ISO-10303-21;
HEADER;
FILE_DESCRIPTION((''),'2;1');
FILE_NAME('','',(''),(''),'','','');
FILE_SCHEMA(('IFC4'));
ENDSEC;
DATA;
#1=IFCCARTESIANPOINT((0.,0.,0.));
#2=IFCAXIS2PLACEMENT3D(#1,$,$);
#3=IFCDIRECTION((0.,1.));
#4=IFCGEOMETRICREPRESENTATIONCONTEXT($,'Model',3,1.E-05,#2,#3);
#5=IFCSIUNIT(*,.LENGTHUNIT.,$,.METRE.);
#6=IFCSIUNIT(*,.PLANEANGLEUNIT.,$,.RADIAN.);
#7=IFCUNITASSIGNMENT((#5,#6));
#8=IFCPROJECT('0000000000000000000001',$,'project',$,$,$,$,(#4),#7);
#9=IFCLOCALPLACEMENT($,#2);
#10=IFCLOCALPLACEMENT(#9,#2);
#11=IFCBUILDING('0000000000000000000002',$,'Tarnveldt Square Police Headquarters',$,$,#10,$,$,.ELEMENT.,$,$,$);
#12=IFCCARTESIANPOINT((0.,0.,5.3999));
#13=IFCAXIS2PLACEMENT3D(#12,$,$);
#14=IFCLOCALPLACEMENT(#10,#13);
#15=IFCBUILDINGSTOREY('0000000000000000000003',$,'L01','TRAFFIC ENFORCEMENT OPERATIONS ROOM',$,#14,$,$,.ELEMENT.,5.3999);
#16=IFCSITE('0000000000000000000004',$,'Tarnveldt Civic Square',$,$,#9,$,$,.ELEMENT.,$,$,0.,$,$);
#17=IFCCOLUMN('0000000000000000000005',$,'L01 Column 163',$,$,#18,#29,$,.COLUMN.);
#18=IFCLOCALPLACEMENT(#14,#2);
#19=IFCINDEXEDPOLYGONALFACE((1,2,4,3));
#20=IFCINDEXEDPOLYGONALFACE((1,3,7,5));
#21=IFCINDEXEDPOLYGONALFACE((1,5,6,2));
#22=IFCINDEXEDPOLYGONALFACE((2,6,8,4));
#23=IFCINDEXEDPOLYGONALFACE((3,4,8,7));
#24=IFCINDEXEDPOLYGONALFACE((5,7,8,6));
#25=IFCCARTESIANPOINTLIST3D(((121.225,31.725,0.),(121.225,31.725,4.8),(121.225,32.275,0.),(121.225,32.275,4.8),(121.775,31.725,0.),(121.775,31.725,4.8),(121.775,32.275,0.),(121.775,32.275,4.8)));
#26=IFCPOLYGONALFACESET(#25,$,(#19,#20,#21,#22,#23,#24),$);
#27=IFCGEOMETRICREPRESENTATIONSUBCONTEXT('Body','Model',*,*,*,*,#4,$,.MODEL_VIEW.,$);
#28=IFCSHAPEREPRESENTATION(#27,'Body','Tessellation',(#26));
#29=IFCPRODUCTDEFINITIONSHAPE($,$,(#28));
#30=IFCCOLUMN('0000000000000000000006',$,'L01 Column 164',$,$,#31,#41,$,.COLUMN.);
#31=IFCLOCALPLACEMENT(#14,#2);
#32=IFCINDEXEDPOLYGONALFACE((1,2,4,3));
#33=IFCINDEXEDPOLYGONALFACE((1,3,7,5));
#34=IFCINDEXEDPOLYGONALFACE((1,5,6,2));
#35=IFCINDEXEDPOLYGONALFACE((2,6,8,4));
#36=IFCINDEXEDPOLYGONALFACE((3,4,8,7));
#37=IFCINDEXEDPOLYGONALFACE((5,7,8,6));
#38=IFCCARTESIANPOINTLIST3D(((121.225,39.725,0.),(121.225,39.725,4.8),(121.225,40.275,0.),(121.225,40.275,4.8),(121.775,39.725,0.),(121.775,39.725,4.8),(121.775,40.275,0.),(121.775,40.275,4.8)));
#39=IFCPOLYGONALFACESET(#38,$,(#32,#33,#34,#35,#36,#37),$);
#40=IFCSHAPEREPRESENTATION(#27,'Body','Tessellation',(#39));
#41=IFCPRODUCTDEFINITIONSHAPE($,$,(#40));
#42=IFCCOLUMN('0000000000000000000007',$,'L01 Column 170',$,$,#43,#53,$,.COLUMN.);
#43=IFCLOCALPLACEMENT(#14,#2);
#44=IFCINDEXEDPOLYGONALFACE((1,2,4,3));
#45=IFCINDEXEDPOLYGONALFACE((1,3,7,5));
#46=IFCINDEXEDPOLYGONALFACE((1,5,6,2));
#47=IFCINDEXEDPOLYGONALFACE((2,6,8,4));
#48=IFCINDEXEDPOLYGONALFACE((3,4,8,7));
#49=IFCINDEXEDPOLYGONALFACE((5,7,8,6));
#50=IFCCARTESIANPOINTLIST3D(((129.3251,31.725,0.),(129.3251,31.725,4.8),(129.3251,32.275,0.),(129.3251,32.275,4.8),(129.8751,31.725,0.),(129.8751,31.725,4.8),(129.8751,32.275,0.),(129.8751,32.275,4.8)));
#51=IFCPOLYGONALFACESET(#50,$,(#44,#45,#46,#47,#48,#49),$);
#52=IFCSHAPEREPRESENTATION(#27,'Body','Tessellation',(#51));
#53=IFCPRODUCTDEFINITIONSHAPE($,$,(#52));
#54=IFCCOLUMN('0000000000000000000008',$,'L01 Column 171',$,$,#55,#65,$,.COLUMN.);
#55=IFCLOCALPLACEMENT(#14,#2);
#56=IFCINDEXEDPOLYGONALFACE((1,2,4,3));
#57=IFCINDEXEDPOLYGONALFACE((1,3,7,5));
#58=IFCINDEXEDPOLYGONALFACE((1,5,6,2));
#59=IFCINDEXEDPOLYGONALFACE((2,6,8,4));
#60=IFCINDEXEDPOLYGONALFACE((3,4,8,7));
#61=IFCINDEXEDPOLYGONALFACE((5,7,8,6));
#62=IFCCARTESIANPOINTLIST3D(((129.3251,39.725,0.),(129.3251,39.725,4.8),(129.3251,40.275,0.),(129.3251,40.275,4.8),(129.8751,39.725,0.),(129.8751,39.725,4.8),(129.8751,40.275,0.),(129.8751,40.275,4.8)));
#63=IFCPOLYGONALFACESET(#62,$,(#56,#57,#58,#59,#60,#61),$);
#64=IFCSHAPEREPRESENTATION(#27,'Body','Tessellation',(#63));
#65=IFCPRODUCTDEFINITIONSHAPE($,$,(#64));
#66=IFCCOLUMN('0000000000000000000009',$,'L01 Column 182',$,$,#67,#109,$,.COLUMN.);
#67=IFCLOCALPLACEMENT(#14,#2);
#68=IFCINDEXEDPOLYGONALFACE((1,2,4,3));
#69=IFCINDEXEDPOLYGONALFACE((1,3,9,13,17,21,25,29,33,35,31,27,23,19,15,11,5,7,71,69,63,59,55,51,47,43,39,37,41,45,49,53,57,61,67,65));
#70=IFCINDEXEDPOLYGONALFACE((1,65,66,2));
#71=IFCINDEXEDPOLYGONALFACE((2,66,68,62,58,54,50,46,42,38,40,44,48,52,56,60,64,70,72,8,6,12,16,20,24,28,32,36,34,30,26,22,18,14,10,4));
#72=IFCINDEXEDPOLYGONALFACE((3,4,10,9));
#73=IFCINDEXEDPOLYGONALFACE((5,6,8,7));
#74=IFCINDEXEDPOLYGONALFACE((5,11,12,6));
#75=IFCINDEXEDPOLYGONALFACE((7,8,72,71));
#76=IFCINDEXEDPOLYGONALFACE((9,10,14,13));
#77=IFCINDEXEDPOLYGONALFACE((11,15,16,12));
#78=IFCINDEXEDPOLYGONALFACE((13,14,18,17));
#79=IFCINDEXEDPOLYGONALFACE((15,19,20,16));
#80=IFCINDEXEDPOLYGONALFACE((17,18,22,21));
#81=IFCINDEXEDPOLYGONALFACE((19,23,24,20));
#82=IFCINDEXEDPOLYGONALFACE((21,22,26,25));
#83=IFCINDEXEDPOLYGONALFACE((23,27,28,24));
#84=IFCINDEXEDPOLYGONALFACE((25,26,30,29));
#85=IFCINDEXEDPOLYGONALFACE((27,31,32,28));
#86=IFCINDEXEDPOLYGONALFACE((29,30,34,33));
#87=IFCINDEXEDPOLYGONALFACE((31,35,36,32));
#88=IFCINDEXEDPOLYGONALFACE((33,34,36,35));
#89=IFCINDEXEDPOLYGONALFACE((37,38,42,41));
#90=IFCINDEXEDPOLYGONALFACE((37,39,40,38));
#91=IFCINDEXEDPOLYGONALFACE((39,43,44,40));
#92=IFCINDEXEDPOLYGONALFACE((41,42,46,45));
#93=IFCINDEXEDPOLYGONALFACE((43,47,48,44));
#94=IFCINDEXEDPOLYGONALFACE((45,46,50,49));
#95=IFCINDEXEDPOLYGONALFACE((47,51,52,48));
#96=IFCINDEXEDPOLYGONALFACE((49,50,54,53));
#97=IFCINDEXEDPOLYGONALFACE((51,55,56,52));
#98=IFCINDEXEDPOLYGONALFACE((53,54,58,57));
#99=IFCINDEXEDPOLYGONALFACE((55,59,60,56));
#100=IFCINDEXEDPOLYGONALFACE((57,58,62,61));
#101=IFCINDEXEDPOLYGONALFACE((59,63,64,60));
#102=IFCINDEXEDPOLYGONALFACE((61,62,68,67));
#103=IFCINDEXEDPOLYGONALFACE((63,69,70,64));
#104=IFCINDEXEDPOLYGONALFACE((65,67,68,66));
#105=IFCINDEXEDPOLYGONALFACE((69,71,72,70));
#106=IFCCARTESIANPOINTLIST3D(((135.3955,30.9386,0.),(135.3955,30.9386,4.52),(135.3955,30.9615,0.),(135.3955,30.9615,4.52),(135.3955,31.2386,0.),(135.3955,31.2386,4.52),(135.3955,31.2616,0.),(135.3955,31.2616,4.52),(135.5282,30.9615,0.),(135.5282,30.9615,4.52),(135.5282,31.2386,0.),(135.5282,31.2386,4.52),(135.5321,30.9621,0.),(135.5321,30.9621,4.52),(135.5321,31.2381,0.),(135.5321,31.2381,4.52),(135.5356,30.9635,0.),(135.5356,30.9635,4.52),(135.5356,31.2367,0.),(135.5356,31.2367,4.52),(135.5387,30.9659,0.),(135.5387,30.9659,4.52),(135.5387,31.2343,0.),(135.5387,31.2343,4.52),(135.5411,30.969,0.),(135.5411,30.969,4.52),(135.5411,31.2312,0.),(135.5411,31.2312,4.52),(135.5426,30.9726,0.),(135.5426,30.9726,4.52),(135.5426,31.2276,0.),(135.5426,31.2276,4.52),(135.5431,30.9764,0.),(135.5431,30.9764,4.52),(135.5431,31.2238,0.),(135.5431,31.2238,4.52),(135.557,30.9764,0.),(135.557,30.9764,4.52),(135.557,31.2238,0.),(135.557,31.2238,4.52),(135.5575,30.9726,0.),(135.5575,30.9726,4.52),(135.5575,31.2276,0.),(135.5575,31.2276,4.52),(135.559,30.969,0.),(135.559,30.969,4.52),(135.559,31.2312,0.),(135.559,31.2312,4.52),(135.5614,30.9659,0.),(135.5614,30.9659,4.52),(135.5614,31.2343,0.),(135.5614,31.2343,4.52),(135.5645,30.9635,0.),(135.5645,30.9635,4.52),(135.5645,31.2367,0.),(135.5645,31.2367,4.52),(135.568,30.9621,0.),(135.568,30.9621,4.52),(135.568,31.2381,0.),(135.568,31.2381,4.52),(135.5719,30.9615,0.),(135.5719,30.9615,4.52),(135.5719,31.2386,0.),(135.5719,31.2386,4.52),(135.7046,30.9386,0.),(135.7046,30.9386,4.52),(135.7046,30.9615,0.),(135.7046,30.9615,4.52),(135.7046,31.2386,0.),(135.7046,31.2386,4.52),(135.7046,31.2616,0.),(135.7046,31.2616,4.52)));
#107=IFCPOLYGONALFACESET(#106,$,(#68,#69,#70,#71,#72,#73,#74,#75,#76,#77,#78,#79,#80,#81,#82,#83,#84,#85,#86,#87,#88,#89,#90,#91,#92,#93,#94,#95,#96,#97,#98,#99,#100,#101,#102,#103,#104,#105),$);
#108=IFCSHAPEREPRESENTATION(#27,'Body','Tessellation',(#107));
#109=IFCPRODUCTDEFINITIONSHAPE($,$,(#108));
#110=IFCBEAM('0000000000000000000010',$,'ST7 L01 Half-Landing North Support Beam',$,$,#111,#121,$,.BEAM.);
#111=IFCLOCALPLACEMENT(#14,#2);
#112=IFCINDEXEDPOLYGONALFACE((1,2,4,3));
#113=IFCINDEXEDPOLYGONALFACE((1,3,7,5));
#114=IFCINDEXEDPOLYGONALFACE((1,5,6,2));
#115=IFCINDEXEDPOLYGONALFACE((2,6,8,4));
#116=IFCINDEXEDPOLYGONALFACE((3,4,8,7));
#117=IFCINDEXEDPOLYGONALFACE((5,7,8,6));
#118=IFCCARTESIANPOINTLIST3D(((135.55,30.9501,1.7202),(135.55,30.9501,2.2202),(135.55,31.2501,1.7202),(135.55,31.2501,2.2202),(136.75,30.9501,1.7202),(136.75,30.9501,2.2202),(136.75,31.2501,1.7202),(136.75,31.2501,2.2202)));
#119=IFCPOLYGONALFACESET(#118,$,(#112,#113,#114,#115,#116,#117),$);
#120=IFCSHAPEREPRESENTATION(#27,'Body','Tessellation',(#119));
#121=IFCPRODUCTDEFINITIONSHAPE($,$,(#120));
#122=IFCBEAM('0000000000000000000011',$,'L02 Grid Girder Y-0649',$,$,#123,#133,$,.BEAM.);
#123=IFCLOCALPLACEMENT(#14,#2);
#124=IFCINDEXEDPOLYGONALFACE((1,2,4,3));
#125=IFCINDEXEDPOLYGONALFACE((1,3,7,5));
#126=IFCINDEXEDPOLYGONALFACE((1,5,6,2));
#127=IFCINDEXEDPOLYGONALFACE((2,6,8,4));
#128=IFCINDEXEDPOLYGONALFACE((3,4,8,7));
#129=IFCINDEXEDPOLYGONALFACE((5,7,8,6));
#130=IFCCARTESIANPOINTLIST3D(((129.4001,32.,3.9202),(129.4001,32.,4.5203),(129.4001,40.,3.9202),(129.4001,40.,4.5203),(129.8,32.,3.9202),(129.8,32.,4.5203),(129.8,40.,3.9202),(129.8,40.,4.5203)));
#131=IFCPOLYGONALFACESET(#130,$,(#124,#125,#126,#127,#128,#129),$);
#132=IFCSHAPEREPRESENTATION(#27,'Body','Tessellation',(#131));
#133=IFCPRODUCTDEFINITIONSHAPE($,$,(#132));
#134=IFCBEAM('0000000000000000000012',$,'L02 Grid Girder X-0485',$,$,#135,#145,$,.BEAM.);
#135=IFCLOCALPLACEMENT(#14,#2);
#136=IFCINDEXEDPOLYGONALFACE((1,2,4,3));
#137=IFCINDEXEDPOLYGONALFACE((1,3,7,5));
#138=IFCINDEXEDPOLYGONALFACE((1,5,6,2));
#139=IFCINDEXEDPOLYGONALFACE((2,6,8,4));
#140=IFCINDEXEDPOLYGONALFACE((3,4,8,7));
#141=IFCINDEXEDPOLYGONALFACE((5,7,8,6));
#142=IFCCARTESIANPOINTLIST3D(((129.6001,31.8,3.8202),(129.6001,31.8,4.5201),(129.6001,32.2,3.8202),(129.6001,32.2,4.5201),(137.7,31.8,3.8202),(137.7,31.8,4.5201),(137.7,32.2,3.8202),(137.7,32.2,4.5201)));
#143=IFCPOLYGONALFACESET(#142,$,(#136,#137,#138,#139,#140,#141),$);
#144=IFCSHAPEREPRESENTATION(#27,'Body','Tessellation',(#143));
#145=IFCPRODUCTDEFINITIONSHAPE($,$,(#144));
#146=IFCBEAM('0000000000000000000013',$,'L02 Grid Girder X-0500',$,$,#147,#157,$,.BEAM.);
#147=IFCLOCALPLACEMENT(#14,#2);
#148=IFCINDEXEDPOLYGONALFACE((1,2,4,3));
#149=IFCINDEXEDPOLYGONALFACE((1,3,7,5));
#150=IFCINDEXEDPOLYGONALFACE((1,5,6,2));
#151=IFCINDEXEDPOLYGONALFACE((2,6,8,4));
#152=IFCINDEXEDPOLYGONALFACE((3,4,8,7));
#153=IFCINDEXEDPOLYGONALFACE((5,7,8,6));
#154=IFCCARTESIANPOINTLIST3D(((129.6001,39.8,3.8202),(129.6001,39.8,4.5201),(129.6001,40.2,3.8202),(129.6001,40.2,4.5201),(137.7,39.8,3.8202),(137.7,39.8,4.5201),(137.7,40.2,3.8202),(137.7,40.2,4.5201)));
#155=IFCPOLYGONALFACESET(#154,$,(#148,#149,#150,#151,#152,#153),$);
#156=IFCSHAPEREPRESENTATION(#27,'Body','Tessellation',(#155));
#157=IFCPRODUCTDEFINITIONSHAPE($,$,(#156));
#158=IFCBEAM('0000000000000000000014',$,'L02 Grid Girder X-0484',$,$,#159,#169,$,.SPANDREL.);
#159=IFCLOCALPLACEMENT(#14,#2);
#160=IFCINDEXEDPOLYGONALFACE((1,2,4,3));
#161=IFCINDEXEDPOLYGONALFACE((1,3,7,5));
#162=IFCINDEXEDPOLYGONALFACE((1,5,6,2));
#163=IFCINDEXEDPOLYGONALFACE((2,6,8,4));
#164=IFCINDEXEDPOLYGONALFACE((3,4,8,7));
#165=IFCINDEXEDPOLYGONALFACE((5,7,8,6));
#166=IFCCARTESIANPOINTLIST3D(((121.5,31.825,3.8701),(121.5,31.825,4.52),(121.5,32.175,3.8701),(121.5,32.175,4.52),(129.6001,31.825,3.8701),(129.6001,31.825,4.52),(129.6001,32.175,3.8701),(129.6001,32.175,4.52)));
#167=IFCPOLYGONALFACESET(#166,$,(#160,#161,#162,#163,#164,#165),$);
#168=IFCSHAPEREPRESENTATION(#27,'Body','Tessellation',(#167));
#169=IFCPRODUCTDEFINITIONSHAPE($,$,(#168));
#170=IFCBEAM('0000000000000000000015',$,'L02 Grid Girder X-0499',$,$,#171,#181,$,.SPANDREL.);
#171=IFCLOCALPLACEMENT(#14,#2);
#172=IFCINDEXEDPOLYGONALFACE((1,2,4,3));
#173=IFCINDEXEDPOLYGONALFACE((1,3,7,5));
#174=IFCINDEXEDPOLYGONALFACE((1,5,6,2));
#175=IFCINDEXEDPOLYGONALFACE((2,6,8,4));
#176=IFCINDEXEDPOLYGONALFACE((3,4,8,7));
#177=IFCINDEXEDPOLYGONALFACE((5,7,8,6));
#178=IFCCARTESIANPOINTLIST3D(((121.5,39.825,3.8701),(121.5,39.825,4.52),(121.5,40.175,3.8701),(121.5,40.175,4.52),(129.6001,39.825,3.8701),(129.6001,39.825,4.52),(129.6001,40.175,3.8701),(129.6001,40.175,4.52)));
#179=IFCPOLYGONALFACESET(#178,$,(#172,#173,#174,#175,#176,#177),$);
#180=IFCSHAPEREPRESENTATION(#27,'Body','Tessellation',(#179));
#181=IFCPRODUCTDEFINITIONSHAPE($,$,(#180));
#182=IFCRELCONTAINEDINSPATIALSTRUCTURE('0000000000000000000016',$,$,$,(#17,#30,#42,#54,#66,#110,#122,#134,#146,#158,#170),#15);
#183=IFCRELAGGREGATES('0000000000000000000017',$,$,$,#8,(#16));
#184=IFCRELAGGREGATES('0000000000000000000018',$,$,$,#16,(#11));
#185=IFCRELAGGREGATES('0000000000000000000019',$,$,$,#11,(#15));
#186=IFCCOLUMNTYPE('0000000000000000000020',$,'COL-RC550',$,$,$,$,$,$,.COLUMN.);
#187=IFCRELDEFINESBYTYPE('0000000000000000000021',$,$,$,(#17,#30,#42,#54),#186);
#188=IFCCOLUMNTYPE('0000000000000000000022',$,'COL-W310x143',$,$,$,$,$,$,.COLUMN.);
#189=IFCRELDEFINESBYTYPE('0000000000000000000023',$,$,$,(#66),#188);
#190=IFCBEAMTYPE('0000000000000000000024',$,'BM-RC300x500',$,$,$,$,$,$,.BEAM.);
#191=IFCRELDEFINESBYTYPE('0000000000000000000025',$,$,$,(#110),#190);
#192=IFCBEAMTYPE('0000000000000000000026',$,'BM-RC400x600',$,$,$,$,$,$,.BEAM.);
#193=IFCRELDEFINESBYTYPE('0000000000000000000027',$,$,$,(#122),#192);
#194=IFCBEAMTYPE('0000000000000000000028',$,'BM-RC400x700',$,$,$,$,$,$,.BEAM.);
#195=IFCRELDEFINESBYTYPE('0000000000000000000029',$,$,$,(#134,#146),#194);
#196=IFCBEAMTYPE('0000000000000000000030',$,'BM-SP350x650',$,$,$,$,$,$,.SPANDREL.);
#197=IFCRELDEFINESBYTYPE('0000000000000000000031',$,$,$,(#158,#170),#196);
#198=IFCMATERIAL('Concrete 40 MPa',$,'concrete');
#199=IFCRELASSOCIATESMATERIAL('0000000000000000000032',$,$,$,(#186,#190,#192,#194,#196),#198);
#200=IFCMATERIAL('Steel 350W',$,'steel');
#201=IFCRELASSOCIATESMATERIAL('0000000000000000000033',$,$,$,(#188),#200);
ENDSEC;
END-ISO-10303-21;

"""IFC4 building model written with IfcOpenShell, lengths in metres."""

from ifc_helpers import new_model, si_unit, direction, frame, origin, origin_2d, place, context, subcontext, project, spatial, rectangle, i_section, extrude, material, material_profile, profile_set, type_object, element, save


model = new_model("IFC4")

# Units and contexts
model_context = context("Model", 3, precision=1e-05, world=origin(), true_north=direction((0.0, 1.0)))
body_context = subcontext(model_context, "Body", "Model", "MODEL_VIEW")
ifc_project = project(units=[si_unit("LENGTHUNIT", "METRE"), si_unit("PLANEANGLEUNIT", "RADIAN")], contexts=[model_context])

# Site, building, storey
site_placement = place(None, origin())
site = spatial("IfcSite", under=ifc_project, at=site_placement, Name="Tarnveldt Civic Square", CompositionType="ELEMENT", RefElevation=0.0)
building_placement = place(site_placement, origin())
building = spatial("IfcBuilding", under=site, at=building_placement, Name="Tarnveldt Square Police Headquarters", CompositionType="ELEMENT")
storey_placement = place(building_placement, frame((0.0, 0.0, 5.3999)))
storey = spatial("IfcBuildingStorey", under=building, at=storey_placement, Name="L01", Description="TRAFFIC ENFORCEMENT OPERATIONS ROOM", CompositionType="ELEMENT", Elevation=5.3999)

# Columns
ifc_material_1 = material(Name="Concrete 40 MPa", Category="concrete")
ifc_material_profile_1 = material_profile(ifc_material_1, rectangle(XDim=0.55, YDim=0.55, at=origin_2d()), Name="RC-C550x550")
ifc_profile_set_1 = profile_set([ifc_material_profile_1], Name="Concrete 40 MPa")
column_type_1 = type_object("IfcColumnType", Name="COL-RC550", PredefinedType="COLUMN", material=ifc_profile_set_1)
for number, where, z_axis, x_axis, name in (
    (1, (121.5, 32.0, 0.0), (0.0, 0.0, 1.0), (1.0, 0.0, 0.0), "L01 Column 163"),
    (2, (121.5, 40.0, 0.0), (0.0, 0.0, 1.0), (1.0, 0.0, 0.0), "L01 Column 164"),
    (3, (129.6001, 32.0, 0.0), (0.0, 0.0, 1.0), (1.0, 0.0, 0.0), "L01 Column 170"),
    (4, (129.6001, 40.0, 0.0), (0.0, 0.0, 1.0), (1.0, 0.0, 0.0), "L01 Column 171"),
):
    element("IfcColumn", number, at=place(storey_placement, frame(where, z_axis=z_axis, x_axis=x_axis)), inside=storey, type_object=column_type_1, Name=name, PredefinedType="COLUMN", context=body_context, shape_type="SweptSolid", body=[
        extrude(rectangle(XDim=0.55, YDim=0.55, at=origin_2d()), origin(), (0.0, 0.0, 1.0), 4.8),
    ])
ifc_material_2 = material(Name="Steel 350W", Category="steel")
ifc_material_profile_2 = material_profile(ifc_material_2, i_section(OverallWidth=0.3091, OverallDepth=0.323, WebThickness=0.0139, FlangeThickness=0.0229, FilletRadius=0.0149, at=origin_2d()), Name="W310x143")
ifc_profile_set_2 = profile_set([ifc_material_profile_2], Name="Steel 350W")
column_type_2 = type_object("IfcColumnType", Name="COL-W310x143", PredefinedType="COLUMN", material=ifc_profile_set_2)
column_placement = place(storey_placement, frame((135.55, 31.1001, 0.0), z_axis=(0.0, 0.0, 1.0), x_axis=(1.0, 0.0, 0.0)))
element("IfcColumn", 5, at=column_placement, inside=storey, type_object=column_type_2, Name="L01 Column 182", PredefinedType="COLUMN", context=body_context, shape_type="SweptSolid", body=[
    extrude(i_section(OverallWidth=0.3091, OverallDepth=0.323, WebThickness=0.0139, FlangeThickness=0.0229, FilletRadius=0.0149, at=origin_2d()), origin(), (0.0, 0.0, 1.0), 4.52),
])

# Beams
ifc_material_profile_3 = material_profile(ifc_material_1, rectangle(XDim=0.3, YDim=0.5, at=origin_2d()), Name="RC-B300x500")
ifc_profile_set_3 = profile_set([ifc_material_profile_3], Name="Concrete 40 MPa")
beam_type_1 = type_object("IfcBeamType", Name="BM-RC300x500", PredefinedType="BEAM", material=ifc_profile_set_3)
beam_1_placement = place(storey_placement, frame((135.55, 31.1001, 1.9702), z_axis=(1.0, 0.0, 0.0), x_axis=(0.0, 1.0, 0.0)))
element("IfcBeam", 6, at=beam_1_placement, inside=storey, type_object=beam_type_1, Name="ST7 L01 Half-Landing North Support Beam", PredefinedType="BEAM", context=body_context, shape_type="SweptSolid", body=[
    extrude(rectangle(XDim=0.3, YDim=0.5, at=origin_2d()), origin(), (0.0, 0.0, 1.0), 1.2),
])
ifc_material_profile_4 = material_profile(ifc_material_1, rectangle(XDim=0.3999, YDim=0.6001, at=origin_2d()), Name="RC-B400x600")
ifc_profile_set_4 = profile_set([ifc_material_profile_4], Name="Concrete 40 MPa")
beam_type_2 = type_object("IfcBeamType", Name="BM-RC400x600", PredefinedType="BEAM", material=ifc_profile_set_4)
beam_2_placement = place(storey_placement, frame((129.6001, 32.0, 4.2202), z_axis=(0.0, 1.0, 0.0), x_axis=(-1.0, 0.0, 0.0)))
element("IfcBeam", 7, at=beam_2_placement, inside=storey, type_object=beam_type_2, Name="L02 Grid Girder Y-0649", PredefinedType="BEAM", context=body_context, shape_type="SweptSolid", body=[
    extrude(rectangle(XDim=0.3999, YDim=0.6001, at=origin_2d()), origin(), (0.0, 0.0, 1.0), 8.0),
])
ifc_material_profile_5 = material_profile(ifc_material_1, rectangle(XDim=0.3999, YDim=0.7, at=origin_2d()), Name="RC-B400x700")
ifc_profile_set_5 = profile_set([ifc_material_profile_5], Name="Concrete 40 MPa")
beam_type_3 = type_object("IfcBeamType", Name="BM-RC400x700", PredefinedType="BEAM", material=ifc_profile_set_5)
for number, where, z_axis, x_axis, name in (
    (8, (129.6001, 32.0, 4.1702), (1.0, 0.0, 0.0), (0.0, 1.0, 0.0), "L02 Grid Girder X-0485"),
    (9, (129.6001, 40.0, 4.1702), (1.0, 0.0, 0.0), (0.0, 1.0, 0.0), "L02 Grid Girder X-0500"),
):
    element("IfcBeam", number, at=place(storey_placement, frame(where, z_axis=z_axis, x_axis=x_axis)), inside=storey, type_object=beam_type_3, Name=name, PredefinedType="BEAM", context=body_context, shape_type="SweptSolid", body=[
        extrude(rectangle(XDim=0.3999, YDim=0.7, at=origin_2d()), origin(), (0.0, 0.0, 1.0), 8.0999),
    ])
ifc_material_profile_6 = material_profile(ifc_material_1, rectangle(XDim=0.3501, YDim=0.6499, at=origin_2d()), Name="RC-SP350x650")
ifc_profile_set_6 = profile_set([ifc_material_profile_6], Name="Concrete 40 MPa")
beam_type_4 = type_object("IfcBeamType", Name="BM-SP350x650", PredefinedType="SPANDREL", material=ifc_profile_set_6)
for number, where, z_axis, x_axis, name in (
    (10, (121.5, 32.0, 4.1951), (1.0, 0.0, 0.0), (0.0, 1.0, 0.0), "L02 Grid Girder X-0484"),
    (11, (121.5, 40.0, 4.1951), (1.0, 0.0, 0.0), (0.0, 1.0, 0.0), "L02 Grid Girder X-0499"),
):
    element("IfcBeam", number, at=place(storey_placement, frame(where, z_axis=z_axis, x_axis=x_axis)), inside=storey, type_object=beam_type_4, Name=name, PredefinedType="SPANDREL", context=body_context, shape_type="SweptSolid", body=[
        extrude(rectangle(XDim=0.3501, YDim=0.6499, at=origin_2d()), origin(), (0.0, 0.0, 1.0), 8.1001),
    ])

save(model, "model.ifc")
